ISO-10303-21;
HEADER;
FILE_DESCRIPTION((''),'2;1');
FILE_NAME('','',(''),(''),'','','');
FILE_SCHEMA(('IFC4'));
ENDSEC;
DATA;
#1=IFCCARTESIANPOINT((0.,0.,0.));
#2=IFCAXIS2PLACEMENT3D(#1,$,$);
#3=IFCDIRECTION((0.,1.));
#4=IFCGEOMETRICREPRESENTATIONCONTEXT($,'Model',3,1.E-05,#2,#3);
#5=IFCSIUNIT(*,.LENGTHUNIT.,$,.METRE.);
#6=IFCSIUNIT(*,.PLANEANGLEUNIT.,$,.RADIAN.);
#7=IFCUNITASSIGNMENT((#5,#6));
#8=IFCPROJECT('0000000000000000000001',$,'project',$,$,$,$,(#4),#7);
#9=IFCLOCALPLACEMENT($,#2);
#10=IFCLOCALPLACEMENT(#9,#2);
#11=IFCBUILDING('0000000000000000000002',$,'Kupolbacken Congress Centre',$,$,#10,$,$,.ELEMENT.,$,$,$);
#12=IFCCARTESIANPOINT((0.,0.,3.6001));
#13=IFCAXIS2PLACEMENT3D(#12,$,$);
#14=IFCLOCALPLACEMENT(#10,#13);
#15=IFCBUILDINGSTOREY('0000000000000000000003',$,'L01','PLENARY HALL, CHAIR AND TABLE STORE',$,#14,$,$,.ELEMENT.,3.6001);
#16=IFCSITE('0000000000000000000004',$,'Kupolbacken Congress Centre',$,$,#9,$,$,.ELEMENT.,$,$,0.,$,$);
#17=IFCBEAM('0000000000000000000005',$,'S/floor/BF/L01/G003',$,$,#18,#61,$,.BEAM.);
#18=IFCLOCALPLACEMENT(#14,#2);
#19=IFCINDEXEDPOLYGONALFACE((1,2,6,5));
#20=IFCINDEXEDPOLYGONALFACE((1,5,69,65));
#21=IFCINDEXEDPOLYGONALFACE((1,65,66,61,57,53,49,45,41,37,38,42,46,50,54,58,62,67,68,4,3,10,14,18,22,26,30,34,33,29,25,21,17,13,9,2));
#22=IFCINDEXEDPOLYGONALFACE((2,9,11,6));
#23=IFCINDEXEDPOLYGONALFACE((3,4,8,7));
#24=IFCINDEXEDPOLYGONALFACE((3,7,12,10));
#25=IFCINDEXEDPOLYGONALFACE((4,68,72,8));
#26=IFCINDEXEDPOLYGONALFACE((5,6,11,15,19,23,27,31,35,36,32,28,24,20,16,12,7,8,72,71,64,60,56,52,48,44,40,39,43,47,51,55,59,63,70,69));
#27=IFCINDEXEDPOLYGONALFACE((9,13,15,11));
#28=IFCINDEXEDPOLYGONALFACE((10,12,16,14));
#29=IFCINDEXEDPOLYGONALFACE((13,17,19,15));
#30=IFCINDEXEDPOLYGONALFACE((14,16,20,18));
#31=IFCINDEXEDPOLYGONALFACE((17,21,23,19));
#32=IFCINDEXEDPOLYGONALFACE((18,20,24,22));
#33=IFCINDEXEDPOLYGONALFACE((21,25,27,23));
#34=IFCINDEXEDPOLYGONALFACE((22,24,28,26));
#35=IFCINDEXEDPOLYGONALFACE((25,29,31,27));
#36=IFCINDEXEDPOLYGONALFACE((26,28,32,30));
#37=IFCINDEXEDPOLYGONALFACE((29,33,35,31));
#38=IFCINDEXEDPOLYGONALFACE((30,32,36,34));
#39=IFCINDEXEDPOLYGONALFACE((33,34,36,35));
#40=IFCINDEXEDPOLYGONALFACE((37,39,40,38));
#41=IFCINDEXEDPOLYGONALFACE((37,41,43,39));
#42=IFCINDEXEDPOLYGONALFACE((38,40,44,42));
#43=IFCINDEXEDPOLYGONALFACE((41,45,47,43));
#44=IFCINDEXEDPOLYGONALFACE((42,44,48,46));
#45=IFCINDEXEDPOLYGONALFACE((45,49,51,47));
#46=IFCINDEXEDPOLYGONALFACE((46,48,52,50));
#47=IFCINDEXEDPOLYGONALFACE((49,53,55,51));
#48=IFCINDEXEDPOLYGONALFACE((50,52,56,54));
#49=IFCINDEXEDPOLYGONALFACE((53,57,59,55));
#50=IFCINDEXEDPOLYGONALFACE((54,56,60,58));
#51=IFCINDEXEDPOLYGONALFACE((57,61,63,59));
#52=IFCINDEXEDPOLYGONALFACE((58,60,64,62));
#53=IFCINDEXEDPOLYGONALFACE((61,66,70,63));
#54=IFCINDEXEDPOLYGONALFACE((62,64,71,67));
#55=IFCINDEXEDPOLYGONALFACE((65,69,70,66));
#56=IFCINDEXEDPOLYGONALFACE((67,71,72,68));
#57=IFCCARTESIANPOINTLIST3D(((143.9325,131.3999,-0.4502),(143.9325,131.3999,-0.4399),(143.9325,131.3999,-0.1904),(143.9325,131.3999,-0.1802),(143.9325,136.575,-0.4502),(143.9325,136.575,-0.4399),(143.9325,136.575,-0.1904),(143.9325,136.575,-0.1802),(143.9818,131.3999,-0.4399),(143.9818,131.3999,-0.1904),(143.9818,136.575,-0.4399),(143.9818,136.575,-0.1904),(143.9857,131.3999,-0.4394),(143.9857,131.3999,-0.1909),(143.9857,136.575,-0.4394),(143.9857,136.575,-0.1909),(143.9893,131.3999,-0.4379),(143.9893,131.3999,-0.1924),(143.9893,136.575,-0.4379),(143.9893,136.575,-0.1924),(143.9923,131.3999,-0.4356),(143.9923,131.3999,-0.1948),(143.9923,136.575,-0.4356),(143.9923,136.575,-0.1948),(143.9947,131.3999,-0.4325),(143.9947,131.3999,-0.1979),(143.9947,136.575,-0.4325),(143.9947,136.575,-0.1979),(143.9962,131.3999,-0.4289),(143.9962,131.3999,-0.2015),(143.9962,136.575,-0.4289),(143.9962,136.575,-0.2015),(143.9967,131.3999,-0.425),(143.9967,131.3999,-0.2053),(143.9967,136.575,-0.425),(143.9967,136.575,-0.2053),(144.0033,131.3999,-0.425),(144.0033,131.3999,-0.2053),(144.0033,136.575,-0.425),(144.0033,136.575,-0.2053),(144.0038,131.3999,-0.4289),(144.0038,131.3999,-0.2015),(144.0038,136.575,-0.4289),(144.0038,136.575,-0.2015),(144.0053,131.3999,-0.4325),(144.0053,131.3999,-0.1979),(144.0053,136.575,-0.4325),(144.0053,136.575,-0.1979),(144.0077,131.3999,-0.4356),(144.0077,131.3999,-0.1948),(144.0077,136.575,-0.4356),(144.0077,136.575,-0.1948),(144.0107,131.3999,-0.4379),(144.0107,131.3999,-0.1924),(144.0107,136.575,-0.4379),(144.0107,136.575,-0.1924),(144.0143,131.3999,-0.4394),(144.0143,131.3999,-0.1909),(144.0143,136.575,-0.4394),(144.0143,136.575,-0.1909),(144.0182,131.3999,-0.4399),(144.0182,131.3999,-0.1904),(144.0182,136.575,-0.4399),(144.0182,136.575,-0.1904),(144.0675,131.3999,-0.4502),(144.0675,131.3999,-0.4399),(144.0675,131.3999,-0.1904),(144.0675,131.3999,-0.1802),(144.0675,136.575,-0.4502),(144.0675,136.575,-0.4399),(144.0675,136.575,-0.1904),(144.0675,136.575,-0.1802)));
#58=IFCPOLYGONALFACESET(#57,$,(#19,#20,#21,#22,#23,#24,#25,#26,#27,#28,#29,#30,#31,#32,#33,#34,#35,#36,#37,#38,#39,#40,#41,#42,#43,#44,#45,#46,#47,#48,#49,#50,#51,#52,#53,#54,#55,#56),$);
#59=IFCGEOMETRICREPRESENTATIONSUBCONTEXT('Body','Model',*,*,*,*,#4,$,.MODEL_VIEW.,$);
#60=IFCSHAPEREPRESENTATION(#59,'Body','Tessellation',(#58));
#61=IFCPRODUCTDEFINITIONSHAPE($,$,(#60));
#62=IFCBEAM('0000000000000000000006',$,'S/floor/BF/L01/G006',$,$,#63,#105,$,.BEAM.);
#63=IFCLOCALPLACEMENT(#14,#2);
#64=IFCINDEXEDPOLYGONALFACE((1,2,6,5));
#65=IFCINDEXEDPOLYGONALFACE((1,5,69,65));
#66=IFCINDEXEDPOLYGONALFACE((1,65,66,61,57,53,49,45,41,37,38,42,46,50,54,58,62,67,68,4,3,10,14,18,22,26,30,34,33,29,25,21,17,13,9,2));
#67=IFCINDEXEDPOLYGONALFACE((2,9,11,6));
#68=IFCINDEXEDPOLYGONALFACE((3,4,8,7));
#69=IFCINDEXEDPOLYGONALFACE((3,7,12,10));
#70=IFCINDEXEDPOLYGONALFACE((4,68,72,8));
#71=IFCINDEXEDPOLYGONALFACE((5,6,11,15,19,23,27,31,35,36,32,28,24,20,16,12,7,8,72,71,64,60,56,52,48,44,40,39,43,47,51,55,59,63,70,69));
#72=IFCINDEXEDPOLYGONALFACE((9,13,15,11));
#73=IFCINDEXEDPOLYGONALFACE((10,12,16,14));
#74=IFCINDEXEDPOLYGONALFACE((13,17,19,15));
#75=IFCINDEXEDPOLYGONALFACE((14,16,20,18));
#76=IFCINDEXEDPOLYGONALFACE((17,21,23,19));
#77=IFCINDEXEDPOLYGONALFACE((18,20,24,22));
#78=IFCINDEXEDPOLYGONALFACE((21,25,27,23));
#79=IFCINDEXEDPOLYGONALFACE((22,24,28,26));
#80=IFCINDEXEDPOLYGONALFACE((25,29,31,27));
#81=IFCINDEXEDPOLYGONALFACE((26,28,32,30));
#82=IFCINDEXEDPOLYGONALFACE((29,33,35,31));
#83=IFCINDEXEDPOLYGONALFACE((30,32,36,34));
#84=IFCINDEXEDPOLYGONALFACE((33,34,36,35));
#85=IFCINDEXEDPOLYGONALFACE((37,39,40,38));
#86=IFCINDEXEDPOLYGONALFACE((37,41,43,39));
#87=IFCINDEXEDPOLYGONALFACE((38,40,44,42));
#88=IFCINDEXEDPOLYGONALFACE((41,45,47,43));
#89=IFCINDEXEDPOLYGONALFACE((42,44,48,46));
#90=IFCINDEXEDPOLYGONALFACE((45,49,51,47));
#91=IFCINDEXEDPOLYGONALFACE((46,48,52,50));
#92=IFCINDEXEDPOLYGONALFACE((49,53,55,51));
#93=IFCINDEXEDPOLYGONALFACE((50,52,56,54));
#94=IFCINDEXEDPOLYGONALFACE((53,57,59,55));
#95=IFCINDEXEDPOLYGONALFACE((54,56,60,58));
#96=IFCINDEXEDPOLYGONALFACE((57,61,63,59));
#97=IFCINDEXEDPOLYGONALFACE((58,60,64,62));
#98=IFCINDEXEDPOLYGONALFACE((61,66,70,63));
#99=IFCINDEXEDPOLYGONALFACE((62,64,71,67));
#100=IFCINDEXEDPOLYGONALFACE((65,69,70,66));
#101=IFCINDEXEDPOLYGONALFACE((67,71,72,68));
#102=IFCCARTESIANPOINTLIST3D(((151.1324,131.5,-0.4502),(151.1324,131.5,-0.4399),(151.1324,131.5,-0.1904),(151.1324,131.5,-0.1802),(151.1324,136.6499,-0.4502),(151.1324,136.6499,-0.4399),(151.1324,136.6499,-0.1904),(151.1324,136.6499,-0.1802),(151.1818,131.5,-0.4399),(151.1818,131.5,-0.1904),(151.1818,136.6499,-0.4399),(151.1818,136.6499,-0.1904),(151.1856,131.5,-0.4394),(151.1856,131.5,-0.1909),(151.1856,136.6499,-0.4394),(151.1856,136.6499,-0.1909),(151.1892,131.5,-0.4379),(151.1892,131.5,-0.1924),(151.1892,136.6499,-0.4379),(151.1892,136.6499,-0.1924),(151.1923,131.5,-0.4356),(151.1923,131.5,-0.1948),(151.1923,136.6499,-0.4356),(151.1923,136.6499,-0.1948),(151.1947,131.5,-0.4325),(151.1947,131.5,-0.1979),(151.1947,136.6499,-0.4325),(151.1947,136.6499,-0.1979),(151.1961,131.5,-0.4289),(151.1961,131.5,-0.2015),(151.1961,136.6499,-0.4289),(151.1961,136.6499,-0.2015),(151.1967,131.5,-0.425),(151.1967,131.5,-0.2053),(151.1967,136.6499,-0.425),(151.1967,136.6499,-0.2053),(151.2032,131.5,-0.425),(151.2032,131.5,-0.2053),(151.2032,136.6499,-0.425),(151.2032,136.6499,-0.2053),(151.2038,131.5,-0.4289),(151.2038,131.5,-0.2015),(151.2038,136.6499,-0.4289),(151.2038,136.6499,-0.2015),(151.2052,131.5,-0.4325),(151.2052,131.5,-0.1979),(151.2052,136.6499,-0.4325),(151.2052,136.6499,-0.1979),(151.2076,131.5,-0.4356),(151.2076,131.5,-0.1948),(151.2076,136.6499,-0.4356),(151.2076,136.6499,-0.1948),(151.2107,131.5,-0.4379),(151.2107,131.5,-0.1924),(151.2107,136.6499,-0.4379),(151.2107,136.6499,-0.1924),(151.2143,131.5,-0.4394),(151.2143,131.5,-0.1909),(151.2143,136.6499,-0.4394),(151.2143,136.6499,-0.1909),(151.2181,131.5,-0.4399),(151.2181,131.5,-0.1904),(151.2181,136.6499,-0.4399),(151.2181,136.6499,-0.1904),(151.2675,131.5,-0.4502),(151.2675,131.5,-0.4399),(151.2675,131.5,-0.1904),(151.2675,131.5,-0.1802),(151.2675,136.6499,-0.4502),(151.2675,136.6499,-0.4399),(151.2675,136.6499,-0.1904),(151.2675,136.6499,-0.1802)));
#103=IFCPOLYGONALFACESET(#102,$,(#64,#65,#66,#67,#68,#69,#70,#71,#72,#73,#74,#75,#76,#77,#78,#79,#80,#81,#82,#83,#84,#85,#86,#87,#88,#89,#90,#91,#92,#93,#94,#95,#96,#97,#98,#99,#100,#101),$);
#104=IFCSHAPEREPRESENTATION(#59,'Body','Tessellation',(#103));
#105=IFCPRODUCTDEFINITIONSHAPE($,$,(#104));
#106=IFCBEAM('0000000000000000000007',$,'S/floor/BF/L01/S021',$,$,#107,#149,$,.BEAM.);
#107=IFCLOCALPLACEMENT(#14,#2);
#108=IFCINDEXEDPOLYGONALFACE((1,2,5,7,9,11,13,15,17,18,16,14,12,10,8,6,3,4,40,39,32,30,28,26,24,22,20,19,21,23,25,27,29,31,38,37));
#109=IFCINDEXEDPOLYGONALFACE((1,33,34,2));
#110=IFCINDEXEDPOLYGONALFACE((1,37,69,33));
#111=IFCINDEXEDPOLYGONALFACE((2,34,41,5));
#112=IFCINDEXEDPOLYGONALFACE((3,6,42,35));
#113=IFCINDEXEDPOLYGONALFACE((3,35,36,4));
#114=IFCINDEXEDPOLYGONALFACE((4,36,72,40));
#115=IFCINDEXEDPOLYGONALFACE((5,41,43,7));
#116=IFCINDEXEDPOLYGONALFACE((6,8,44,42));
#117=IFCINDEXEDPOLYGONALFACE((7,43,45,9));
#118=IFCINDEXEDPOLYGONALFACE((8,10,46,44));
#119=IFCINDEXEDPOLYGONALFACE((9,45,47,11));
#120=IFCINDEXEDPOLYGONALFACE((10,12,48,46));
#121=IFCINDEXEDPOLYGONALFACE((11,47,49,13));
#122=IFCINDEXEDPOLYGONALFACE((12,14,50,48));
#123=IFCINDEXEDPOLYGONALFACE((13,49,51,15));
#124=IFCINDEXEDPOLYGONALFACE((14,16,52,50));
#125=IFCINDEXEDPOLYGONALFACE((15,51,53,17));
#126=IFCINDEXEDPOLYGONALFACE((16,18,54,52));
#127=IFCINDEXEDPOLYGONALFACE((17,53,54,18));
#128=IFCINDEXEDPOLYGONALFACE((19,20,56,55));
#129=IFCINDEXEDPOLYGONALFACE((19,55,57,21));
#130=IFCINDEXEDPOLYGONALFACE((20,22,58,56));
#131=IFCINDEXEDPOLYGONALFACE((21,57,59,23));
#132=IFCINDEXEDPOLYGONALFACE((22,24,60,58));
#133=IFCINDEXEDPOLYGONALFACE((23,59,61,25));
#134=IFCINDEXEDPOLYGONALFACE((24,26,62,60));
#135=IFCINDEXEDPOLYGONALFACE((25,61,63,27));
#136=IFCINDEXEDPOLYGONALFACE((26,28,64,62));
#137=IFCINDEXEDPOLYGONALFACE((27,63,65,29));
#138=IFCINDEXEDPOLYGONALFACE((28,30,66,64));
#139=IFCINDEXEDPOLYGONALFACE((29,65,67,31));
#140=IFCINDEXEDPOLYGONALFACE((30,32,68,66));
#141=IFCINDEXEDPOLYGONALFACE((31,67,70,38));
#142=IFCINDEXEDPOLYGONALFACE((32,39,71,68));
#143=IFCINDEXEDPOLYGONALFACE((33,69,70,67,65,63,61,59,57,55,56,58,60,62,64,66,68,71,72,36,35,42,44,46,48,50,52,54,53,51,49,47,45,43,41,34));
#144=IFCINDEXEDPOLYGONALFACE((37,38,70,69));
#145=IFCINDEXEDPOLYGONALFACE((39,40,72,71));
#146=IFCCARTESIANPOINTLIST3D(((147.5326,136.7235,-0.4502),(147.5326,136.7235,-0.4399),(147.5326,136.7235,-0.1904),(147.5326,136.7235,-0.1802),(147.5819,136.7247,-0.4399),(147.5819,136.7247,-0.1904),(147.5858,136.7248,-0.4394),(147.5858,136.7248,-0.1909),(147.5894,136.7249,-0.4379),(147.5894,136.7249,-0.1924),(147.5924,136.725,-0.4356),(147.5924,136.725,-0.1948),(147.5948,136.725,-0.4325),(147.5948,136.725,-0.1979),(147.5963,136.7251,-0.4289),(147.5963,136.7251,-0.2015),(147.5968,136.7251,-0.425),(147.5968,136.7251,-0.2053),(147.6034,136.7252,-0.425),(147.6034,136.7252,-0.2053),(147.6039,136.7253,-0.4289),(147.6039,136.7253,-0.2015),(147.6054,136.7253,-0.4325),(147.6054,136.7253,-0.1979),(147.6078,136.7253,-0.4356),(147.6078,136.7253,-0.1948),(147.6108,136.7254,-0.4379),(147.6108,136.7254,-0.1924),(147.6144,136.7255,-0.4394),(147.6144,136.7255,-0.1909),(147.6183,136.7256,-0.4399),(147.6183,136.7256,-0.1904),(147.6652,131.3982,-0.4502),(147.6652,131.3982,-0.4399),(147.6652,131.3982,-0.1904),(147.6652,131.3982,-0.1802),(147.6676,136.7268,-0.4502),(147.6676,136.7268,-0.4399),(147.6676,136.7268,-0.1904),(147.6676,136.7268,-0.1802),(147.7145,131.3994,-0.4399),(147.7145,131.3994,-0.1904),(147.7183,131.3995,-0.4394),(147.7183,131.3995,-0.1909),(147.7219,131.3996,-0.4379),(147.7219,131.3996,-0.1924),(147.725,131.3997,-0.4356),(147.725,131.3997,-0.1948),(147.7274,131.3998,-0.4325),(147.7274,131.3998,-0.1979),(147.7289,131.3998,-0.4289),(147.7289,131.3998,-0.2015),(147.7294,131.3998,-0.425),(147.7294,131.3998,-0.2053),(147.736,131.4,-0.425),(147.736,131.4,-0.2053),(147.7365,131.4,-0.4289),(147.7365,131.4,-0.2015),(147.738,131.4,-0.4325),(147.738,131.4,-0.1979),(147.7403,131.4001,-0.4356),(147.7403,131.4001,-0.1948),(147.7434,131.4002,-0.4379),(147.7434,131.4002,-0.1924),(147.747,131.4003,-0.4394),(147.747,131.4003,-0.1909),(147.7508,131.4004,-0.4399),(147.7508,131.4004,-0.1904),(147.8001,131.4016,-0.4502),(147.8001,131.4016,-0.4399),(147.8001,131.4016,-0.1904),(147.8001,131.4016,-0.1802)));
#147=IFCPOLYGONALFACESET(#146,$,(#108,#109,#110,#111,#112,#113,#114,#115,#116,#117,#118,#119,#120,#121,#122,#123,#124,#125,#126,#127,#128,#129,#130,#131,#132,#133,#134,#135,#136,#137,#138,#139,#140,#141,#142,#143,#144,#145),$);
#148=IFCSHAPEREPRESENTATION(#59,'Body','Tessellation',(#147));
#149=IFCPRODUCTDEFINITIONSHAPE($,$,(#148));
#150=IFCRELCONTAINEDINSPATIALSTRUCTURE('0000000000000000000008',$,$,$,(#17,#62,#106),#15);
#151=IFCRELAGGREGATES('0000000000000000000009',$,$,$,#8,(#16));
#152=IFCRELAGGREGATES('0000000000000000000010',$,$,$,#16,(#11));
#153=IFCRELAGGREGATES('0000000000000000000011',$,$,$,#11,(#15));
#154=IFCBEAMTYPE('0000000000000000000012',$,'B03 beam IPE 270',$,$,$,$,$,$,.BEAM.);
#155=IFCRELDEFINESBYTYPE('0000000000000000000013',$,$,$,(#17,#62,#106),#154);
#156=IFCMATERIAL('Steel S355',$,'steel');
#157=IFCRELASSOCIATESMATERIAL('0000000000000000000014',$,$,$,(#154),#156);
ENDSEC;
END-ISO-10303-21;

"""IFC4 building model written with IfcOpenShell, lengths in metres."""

from ifc_helpers import new_model, si_unit, direction, frame, origin, origin_2d, place, context, subcontext, project, spatial, i_section, extrude, material, material_profile, profile_set, type_object, element, save


model = new_model("IFC4")

# Units and contexts
model_context = context("Model", 3, precision=1e-05, world=origin(), true_north=direction((0.0, 1.0)))
body_context = subcontext(model_context, "Body", "Model", "MODEL_VIEW")
ifc_project = project(units=[si_unit("LENGTHUNIT", "METRE"), si_unit("PLANEANGLEUNIT", "RADIAN")], contexts=[model_context])

# Site, building, storey
site_placement = place(None, origin())
site = spatial("IfcSite", under=ifc_project, at=site_placement, Name="Kupolbacken Congress Centre", CompositionType="ELEMENT", RefElevation=0.0)
building_placement = place(site_placement, origin())
building = spatial("IfcBuilding", under=site, at=building_placement, Name="Kupolbacken Congress Centre", CompositionType="ELEMENT")
storey_placement = place(building_placement, frame((0.0, 0.0, 3.6001)))
storey = spatial("IfcBuildingStorey", under=building, at=storey_placement, Name="L01", Description="PLENARY HALL, CHAIR AND TABLE STORE", CompositionType="ELEMENT", Elevation=3.6001)

# Beams
ifc_material_1 = material(Name="Steel S355", Category="steel")
ifc_material_profile = material_profile(ifc_material_1, i_section(OverallWidth=0.135, OverallDepth=0.27, WebThickness=0.0066, FlangeThickness=0.0103, FilletRadius=0.0149, at=origin_2d()), Name="IPE 270")
ifc_profile_set = profile_set([ifc_material_profile], Name="Steel S355")
beam_type = type_object("IfcBeamType", Name="B03 beam IPE 270", PredefinedType="BEAM", material=ifc_profile_set)
beam_1_placement = place(storey_placement, frame((144.0, 131.3999, -0.3152), z_axis=(0.0, 1.0, 0.0), x_axis=(-1.0, 0.0, 0.0)))
element("IfcBeam", 1, at=beam_1_placement, inside=storey, type_object=beam_type, Name="S/floor/BF/L01/G003", PredefinedType="BEAM", context=body_context, shape_type="SweptSolid", body=[
    extrude(i_section(OverallWidth=0.135, OverallDepth=0.27, WebThickness=0.0066, FlangeThickness=0.0103, FilletRadius=0.0149, at=origin_2d()), origin(), (0.0, 0.0, 1.0), 5.175),
])
beam_2_placement = place(storey_placement, frame((151.2, 131.5, -0.3152), z_axis=(0.0, 1.0, 0.0), x_axis=(-1.0, 0.0, 0.0)))
element("IfcBeam", 2, at=beam_2_placement, inside=storey, type_object=beam_type, Name="S/floor/BF/L01/G006", PredefinedType="BEAM", context=body_context, shape_type="SweptSolid", body=[
    extrude(i_section(OverallWidth=0.135, OverallDepth=0.27, WebThickness=0.0066, FlangeThickness=0.0103, FilletRadius=0.0149, at=origin_2d()), origin(), (0.0, 0.0, 1.0), 5.1499),
])
beam_3_placement = place(storey_placement, frame((147.7327, 131.3999, -0.3152), z_axis=(-0.024887, 0.99969, 0.0), x_axis=(-0.99969, -0.024887, 0.0)))
element("IfcBeam", 3, at=beam_3_placement, inside=storey, type_object=beam_type, Name="S/floor/BF/L01/S021", PredefinedType="BEAM", context=body_context, shape_type="SweptSolid", body=[
    extrude(i_section(OverallWidth=0.135, OverallDepth=0.27, WebThickness=0.0066, FlangeThickness=0.0103, FilletRadius=0.0149, at=origin_2d()), origin(), (0.0, 0.0, 1.0), 5.3269),
])

save(model, "model.ifc")
